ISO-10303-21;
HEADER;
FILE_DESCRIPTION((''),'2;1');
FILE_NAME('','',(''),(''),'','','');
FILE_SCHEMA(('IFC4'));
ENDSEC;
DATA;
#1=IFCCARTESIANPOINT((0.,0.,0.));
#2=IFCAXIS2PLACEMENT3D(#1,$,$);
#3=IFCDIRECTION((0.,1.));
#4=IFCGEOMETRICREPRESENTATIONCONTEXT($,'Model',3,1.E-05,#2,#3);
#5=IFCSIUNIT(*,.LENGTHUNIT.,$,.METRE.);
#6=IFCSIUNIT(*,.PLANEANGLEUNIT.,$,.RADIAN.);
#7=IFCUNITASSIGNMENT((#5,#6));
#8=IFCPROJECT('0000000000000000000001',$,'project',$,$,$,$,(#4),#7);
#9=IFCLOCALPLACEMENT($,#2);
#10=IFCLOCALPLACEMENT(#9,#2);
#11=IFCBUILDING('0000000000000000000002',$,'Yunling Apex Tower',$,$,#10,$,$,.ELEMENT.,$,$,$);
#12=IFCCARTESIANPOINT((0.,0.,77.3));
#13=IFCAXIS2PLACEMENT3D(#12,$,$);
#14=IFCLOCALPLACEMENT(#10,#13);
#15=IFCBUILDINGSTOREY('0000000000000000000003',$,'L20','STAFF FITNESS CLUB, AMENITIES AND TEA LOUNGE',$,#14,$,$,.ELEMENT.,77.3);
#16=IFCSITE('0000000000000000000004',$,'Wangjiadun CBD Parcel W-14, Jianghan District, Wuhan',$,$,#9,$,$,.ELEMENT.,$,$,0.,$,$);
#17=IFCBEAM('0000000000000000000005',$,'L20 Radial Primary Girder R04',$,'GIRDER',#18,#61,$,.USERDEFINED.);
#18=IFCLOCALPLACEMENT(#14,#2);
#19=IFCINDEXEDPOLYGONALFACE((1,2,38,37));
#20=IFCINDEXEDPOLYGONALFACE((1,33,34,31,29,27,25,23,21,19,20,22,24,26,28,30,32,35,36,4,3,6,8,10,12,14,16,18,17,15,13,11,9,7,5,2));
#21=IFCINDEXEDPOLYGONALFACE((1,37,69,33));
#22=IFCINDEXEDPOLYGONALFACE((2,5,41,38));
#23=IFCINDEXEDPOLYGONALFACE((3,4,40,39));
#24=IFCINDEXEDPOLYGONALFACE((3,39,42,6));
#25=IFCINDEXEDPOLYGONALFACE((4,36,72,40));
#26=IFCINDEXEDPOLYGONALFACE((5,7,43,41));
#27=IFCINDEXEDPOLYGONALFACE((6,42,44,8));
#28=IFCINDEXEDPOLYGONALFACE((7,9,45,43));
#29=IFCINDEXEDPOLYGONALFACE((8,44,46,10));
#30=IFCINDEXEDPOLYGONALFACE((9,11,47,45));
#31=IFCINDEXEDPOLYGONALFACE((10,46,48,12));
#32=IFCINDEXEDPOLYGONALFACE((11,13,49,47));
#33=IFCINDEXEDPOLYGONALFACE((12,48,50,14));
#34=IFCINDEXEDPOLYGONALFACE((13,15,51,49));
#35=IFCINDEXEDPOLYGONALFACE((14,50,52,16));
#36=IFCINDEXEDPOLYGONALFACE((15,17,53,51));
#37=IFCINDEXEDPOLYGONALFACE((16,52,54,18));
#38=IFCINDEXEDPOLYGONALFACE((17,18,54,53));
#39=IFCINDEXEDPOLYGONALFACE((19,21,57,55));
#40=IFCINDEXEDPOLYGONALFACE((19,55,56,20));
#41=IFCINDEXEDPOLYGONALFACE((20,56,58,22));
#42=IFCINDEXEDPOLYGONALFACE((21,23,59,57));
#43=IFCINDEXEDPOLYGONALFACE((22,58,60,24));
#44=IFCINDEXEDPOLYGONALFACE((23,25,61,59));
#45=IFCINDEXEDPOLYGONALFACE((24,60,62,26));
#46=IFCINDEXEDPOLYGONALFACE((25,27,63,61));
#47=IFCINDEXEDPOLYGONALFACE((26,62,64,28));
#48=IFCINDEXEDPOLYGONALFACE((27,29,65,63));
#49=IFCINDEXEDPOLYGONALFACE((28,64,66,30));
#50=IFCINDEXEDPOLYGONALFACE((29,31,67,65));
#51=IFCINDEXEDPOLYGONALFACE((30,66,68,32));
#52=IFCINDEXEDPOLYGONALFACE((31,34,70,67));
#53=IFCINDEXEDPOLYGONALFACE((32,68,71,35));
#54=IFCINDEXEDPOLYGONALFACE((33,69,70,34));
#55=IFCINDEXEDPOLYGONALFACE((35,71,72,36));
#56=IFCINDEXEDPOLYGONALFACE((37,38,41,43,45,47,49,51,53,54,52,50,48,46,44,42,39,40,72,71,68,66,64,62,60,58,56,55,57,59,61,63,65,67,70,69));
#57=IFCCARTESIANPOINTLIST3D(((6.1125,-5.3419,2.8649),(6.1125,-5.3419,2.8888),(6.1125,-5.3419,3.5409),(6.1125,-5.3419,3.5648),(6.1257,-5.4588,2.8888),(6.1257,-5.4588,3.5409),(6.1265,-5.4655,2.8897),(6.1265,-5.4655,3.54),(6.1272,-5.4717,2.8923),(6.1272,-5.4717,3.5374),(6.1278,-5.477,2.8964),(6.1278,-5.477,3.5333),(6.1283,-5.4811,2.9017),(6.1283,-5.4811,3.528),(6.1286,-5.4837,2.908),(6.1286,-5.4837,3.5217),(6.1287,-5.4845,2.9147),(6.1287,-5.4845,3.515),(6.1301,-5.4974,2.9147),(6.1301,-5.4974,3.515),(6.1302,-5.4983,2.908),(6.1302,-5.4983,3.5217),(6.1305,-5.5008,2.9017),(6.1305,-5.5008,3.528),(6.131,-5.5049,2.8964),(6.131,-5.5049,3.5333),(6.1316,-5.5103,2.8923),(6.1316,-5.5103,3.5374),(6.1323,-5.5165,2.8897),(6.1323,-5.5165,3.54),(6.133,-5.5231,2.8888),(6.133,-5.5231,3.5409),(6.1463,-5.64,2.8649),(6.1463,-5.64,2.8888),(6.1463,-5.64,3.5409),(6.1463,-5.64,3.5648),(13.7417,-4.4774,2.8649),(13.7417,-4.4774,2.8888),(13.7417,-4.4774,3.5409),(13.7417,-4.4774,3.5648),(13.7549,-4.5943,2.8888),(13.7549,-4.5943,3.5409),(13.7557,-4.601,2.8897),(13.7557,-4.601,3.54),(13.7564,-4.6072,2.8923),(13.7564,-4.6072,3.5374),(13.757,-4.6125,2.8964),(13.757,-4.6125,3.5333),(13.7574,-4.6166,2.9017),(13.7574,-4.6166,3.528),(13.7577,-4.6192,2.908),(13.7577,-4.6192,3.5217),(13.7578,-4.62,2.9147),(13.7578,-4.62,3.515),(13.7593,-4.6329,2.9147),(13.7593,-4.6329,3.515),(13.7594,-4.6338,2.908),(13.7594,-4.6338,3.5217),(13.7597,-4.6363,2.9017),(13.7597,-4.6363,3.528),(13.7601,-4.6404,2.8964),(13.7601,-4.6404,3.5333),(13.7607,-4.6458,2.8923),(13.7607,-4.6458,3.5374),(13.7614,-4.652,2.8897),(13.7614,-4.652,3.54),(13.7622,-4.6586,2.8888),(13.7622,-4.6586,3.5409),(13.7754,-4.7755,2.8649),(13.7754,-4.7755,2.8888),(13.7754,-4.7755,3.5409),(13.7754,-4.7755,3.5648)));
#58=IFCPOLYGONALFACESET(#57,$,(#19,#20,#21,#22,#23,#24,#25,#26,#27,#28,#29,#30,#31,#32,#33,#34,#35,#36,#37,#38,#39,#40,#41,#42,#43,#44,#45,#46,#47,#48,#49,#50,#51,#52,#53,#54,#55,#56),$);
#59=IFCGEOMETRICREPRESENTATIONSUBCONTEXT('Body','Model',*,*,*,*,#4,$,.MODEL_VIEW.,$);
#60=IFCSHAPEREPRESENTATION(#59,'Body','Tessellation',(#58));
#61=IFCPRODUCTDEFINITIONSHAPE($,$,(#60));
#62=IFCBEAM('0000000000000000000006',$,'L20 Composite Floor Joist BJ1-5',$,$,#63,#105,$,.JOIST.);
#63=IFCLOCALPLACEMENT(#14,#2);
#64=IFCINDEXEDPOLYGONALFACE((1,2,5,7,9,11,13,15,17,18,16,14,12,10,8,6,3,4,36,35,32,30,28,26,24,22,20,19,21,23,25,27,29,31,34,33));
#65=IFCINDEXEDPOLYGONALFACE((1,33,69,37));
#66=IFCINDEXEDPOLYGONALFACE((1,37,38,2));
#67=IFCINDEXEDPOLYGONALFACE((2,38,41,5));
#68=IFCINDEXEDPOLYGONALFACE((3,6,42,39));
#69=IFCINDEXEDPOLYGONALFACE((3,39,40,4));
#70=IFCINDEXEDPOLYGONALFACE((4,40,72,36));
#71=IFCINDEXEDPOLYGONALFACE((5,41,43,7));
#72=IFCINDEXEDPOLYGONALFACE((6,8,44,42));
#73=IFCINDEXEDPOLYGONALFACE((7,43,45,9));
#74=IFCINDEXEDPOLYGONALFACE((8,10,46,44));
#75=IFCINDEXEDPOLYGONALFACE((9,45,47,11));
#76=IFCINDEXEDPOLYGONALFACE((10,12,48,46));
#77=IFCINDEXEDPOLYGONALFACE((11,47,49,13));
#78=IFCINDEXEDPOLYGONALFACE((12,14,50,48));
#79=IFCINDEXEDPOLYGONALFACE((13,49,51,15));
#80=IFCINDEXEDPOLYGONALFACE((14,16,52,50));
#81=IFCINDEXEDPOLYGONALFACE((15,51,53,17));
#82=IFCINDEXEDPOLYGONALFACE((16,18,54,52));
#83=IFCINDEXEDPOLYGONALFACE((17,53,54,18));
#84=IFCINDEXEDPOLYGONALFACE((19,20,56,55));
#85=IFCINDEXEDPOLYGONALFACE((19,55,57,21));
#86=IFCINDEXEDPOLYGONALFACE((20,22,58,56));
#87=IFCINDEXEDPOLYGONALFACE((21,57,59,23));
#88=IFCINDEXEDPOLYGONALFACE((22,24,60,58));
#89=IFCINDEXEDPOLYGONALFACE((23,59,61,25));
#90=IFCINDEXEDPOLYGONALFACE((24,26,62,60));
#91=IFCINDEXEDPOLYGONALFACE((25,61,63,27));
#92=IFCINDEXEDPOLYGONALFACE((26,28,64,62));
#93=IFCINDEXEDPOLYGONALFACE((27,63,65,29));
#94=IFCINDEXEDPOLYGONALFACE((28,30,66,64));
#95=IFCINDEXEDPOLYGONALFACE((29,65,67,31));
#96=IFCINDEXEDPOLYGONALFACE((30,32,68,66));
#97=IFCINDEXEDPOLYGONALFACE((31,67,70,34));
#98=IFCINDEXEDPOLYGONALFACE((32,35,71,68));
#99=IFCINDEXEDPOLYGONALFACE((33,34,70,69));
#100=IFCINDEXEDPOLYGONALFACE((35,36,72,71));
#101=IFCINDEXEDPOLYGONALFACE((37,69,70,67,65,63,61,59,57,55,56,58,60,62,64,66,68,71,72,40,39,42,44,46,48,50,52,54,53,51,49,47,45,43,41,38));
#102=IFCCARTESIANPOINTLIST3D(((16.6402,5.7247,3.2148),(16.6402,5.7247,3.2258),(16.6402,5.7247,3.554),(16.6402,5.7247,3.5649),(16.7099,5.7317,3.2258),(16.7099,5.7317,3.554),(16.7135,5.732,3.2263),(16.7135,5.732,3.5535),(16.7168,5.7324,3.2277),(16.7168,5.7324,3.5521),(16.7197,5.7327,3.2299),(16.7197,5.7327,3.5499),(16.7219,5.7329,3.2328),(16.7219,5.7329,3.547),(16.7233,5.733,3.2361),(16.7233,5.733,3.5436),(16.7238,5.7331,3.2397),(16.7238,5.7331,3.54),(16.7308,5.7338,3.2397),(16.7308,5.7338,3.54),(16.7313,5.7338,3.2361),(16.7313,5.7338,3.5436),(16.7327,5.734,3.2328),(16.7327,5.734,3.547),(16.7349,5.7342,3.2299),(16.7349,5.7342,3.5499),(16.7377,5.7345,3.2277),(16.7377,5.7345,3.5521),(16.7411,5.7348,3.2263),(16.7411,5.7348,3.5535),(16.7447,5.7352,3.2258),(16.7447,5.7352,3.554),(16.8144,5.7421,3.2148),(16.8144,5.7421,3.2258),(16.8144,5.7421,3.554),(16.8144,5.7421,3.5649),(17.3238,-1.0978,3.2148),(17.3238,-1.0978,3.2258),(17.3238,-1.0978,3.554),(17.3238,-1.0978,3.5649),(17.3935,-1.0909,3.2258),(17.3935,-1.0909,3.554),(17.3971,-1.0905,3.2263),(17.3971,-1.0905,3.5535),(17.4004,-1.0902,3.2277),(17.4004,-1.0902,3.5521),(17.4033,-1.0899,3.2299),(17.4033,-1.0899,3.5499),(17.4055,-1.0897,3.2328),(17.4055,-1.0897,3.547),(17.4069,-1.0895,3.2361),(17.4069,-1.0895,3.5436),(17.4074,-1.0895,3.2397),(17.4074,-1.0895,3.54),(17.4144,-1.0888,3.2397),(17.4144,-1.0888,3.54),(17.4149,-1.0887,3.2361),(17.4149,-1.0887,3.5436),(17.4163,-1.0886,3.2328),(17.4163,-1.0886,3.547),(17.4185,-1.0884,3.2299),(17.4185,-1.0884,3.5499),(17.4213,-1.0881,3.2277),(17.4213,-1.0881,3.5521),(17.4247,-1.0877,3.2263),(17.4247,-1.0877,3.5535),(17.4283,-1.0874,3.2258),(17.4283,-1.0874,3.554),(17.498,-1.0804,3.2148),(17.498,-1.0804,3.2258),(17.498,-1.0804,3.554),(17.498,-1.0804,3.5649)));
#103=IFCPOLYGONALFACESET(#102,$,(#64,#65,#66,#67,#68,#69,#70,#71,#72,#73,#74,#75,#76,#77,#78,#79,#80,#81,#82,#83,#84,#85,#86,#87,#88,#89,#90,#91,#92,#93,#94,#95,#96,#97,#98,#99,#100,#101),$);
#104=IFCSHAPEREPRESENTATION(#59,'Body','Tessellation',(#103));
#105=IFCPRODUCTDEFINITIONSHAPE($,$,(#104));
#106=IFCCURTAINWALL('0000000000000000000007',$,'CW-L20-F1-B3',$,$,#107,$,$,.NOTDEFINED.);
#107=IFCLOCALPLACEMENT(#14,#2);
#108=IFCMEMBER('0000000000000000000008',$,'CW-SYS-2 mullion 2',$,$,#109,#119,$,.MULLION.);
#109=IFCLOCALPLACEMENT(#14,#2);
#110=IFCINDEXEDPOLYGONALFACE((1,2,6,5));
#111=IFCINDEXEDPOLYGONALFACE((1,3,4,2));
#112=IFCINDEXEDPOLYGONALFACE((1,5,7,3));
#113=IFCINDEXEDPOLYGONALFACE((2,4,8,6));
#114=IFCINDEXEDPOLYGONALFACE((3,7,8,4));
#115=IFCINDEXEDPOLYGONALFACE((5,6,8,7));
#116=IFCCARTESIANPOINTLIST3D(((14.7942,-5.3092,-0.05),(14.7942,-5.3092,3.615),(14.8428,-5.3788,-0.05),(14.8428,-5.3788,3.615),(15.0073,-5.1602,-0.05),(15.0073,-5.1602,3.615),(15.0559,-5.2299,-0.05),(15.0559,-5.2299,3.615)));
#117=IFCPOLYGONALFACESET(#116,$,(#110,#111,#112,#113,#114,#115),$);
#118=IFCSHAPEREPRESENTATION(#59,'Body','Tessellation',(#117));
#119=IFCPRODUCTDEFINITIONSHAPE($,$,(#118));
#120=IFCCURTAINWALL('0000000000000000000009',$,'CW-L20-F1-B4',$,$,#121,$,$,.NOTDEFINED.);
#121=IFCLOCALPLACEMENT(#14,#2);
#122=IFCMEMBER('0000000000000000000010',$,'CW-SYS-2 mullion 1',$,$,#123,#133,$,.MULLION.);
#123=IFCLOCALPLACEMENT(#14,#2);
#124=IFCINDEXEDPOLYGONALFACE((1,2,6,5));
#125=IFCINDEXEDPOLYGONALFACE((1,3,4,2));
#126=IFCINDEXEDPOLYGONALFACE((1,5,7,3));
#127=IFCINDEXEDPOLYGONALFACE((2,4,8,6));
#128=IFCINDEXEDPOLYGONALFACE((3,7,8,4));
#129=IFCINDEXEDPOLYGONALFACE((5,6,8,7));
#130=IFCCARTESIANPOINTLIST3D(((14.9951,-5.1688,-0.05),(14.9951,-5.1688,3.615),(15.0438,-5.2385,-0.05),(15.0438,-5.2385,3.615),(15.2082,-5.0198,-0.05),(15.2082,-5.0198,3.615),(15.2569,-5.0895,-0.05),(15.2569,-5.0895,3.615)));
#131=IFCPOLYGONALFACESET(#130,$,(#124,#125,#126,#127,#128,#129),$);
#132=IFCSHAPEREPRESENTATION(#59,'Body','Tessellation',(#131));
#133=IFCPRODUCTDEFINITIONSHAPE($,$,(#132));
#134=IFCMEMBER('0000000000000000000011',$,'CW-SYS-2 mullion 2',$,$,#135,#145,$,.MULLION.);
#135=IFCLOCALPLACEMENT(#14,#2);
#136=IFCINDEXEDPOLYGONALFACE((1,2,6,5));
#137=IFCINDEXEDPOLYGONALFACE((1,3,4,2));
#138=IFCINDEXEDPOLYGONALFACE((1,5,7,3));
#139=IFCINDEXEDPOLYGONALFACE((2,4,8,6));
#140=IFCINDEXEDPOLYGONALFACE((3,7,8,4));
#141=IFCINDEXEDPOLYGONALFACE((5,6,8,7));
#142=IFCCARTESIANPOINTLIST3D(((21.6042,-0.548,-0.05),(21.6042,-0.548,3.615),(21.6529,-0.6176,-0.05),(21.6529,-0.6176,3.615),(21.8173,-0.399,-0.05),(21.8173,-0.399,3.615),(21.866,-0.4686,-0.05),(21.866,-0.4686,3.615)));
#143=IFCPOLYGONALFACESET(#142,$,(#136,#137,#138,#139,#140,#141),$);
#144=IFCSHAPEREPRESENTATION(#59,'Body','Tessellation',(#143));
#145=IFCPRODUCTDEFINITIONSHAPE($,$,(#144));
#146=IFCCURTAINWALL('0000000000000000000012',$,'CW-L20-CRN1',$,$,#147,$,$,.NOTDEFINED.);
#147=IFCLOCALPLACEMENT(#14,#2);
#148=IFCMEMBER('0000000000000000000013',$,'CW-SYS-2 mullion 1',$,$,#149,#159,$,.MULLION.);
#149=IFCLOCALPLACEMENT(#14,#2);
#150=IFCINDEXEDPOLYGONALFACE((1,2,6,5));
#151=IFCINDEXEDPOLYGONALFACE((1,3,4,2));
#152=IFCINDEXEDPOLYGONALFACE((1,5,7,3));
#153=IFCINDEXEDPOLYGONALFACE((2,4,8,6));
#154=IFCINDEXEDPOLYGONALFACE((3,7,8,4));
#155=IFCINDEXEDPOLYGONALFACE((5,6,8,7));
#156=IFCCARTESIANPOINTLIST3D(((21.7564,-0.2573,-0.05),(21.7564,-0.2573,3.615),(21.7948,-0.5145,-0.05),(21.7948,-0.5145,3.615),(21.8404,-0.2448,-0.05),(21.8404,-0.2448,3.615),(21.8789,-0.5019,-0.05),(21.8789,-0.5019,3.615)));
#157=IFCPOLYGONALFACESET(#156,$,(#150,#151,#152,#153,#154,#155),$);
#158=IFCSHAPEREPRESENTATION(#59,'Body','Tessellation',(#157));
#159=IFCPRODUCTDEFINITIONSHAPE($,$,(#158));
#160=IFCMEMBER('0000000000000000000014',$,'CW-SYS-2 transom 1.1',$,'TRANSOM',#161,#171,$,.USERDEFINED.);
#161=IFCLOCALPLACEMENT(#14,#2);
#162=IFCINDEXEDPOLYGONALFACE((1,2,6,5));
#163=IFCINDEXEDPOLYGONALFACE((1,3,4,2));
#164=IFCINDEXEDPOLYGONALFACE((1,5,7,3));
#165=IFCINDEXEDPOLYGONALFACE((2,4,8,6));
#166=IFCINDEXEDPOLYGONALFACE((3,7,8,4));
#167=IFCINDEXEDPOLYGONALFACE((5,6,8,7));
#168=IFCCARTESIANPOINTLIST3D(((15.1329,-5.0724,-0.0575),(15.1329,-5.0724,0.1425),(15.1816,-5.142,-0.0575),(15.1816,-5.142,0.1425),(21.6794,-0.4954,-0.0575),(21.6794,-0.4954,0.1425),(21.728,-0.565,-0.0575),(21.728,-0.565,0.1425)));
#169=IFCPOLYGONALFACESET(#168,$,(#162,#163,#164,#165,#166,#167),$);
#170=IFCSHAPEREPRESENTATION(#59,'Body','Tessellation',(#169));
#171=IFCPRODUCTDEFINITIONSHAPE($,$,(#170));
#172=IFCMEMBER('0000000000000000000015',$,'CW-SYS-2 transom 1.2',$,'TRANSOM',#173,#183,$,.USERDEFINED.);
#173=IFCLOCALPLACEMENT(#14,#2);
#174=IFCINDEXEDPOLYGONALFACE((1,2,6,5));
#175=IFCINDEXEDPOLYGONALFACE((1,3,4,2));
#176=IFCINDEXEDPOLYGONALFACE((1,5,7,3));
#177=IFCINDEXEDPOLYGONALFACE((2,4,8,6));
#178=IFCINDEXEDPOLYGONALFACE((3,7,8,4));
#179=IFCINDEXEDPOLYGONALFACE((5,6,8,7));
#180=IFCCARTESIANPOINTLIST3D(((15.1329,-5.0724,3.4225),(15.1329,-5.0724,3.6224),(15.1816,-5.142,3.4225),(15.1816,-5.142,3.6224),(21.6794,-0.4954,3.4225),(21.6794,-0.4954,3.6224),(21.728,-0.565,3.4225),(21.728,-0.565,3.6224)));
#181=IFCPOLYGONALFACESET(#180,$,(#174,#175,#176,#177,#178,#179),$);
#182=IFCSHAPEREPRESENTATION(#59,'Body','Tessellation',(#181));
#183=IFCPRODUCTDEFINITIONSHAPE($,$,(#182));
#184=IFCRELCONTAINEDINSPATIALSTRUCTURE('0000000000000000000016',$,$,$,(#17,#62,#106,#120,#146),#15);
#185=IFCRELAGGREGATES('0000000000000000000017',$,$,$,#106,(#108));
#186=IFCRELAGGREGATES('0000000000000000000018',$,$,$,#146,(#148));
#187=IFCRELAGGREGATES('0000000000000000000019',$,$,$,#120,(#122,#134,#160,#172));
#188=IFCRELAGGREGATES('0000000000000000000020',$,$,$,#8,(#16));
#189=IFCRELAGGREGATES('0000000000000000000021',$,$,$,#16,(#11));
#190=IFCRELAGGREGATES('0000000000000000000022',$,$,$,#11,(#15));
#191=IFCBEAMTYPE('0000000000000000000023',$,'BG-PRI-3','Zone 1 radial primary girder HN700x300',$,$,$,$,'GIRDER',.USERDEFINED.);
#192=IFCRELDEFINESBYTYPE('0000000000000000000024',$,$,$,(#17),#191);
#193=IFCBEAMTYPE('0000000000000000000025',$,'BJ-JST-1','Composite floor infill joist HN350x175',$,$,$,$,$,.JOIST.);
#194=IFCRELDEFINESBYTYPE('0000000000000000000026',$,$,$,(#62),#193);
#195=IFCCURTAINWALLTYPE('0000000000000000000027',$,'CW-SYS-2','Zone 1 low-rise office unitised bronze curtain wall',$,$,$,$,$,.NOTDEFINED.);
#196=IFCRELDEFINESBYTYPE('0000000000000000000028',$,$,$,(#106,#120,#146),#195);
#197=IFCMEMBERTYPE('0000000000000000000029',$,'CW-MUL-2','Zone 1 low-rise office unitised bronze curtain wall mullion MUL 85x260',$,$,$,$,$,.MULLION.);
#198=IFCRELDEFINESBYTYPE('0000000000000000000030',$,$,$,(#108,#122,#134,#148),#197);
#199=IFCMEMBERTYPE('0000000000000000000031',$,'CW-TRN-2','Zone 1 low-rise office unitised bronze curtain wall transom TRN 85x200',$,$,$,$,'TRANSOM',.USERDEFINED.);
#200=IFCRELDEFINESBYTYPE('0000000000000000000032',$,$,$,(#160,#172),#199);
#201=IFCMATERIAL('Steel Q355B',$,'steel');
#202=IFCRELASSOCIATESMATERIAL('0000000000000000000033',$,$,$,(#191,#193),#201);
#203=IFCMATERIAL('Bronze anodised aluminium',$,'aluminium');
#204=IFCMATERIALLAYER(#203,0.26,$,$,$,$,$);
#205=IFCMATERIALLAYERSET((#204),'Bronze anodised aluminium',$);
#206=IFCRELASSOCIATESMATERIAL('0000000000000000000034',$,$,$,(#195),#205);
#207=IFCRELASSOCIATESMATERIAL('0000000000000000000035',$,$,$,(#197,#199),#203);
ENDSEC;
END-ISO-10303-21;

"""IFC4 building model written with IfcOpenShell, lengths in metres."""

from ifc_helpers import new_model, si_unit, direction, frame, origin, origin_2d, place, context, subcontext, project, spatial, rectangle, i_section, extrude, source, transform, mapped, material, layer, layer_set, material_profile, profile_set, type_object, element, aggregate, save


model = new_model("IFC4")

# Units and contexts
model_context = context("Model", 3, precision=1e-05, world=origin(), true_north=direction((0.0, 1.0)))
body_context = subcontext(model_context, "Body", "Model", "MODEL_VIEW")
ifc_project = project(units=[si_unit("LENGTHUNIT", "METRE"), si_unit("PLANEANGLEUNIT", "RADIAN")], contexts=[model_context])

# Site, building, storey
site_placement = place(None, origin())
site = spatial("IfcSite", under=ifc_project, at=site_placement, Name="Wangjiadun CBD Parcel W-14, Jianghan District, Wuhan", CompositionType="ELEMENT", RefElevation=0.0)
building_placement = place(site_placement, origin())
building = spatial("IfcBuilding", under=site, at=building_placement, Name="Yunling Apex Tower", CompositionType="ELEMENT")
storey_placement = place(building_placement, frame((0.0, 0.0, 77.3)))
storey = spatial("IfcBuildingStorey", under=building, at=storey_placement, Name="L20", Description="STAFF FITNESS CLUB, AMENITIES AND TEA LOUNGE", CompositionType="ELEMENT", Elevation=77.3)

# Beams
ifc_material_1 = material(Name="Steel Q355B", Category="steel")
ifc_material_profile_1 = material_profile(ifc_material_1, i_section(OverallWidth=0.3, OverallDepth=0.7, WebThickness=0.0129, FlangeThickness=0.0239, FilletRadius=0.0259, at=origin_2d()))
ifc_profile_set_1 = profile_set([ifc_material_profile_1], Name="Steel Q355B")
beam_type_1 = type_object("IfcBeamType", Name="BG-PRI-3", Description="Zone 1 radial primary girder HN700x300", ElementType="GIRDER", PredefinedType="USERDEFINED", material=ifc_profile_set_1)
shared_shape_1 = source(origin(), body_context, "Body", "SweptSolid", [
    extrude(i_section(OverallWidth=0.3, OverallDepth=0.7, WebThickness=0.0129, FlangeThickness=0.0239, FilletRadius=0.0259, at=origin_2d()), origin(), (0.0, 0.0, 1.0), 7.678),
])
beam_1_placement = place(storey_placement, frame((13.7585, -4.6265, 3.2148), z_axis=(-0.993641, -0.112595, 0.0), x_axis=(0.112595, -0.993641, 0.0)))
element("IfcBeam", 1, at=beam_1_placement, inside=storey, type_object=beam_type_1, Name="L20 Radial Primary Girder R04", ObjectType="GIRDER", PredefinedType="USERDEFINED", context=body_context, shape_type="MappedRepresentation", body=[
    mapped(shared_shape_1, transform((0.0, 0.0, 0.0), scale=1.0)),
])
ifc_material_profile_2 = material_profile(ifc_material_1, i_section(OverallWidth=0.175, OverallDepth=0.3501, WebThickness=0.0071, FlangeThickness=0.011, FilletRadius=0.0139, at=origin_2d()))
ifc_profile_set_2 = profile_set([ifc_material_profile_2], Name="Steel Q355B")
beam_type_2 = type_object("IfcBeamType", Name="BJ-JST-1", Description="Composite floor infill joist HN350x175", PredefinedType="JOIST", material=ifc_profile_set_2)
shared_shape_2 = source(origin(), body_context, "Body", "SweptSolid", [
    extrude(i_section(OverallWidth=0.175, OverallDepth=0.3501, WebThickness=0.0071, FlangeThickness=0.011, FilletRadius=0.0139, at=origin_2d()), origin(), (0.0, 0.0, 1.0), 6.8567),
])
beam_2_placement = place(storey_placement, frame((17.4109, -1.0891, 3.3899), z_axis=(-0.099698, 0.995018, 0.0), x_axis=(-0.995018, -0.099698, 0.0)))
element("IfcBeam", 2, at=beam_2_placement, inside=storey, type_object=beam_type_2, Name="L20 Composite Floor Joist BJ1-5", PredefinedType="JOIST", context=body_context, shape_type="MappedRepresentation", body=[
    mapped(shared_shape_2, transform((0.0, 0.0, 0.0), scale=1.0)),
])

# Curtain wall, member
ifc_material_2 = material(Name="Bronze anodised aluminium", Category="aluminium")
ifc_layer_1 = layer(ifc_material_2, 0.26)
ifc_layer_set_1 = layer_set([ifc_layer_1], Name="Bronze anodised aluminium")
curtain_wall_type = type_object("IfcCurtainWallType", Name="CW-SYS-2", Description="Zone 1 low-rise office unitised bronze curtain wall", PredefinedType="NOTDEFINED", material=ifc_layer_set_1)
curtain_wall_1_placement = place(storey_placement, origin())
curtain_wall_1 = element("IfcCurtainWall", 3, at=curtain_wall_1_placement, inside=storey, type_object=curtain_wall_type, Name="CW-L20-F1-B3", PredefinedType="NOTDEFINED")
ifc_material_profile_3 = material_profile(ifc_material_2, rectangle(XDim=0.085, YDim=0.26, at=origin_2d()))
ifc_profile_set_3 = profile_set([ifc_material_profile_3], Name="Bronze anodised aluminium")
member_type_1 = type_object("IfcMemberType", Name="CW-MUL-2", Description="Zone 1 low-rise office unitised bronze curtain wall mullion MUL 85x260", PredefinedType="MULLION", material=ifc_profile_set_3)
shared_shape_3 = source(origin(), body_context, "Body", "SweptSolid", [
    extrude(rectangle(XDim=0.085, YDim=0.26, at=origin_2d()), origin(), (0.0, 0.0, 1.0), 3.665),
])
member_1_placement = place(storey_placement, frame((14.925, -5.2695, -0.05), z_axis=(0.0, 0.0, 1.0), x_axis=(-0.572996, 0.819558, 0.0)))
member_1 = element("IfcMember", 4, at=member_1_placement, type_object=member_type_1, Name="CW-SYS-2 mullion 2", PredefinedType="MULLION", context=body_context, shape_type="MappedRepresentation", body=[
    mapped(shared_shape_3, transform((0.0, 0.0, 0.0), scale=1.0)),
])
aggregate(curtain_wall_1, [member_1])

# Curtain wall, members
curtain_wall_2_placement = place(storey_placement, origin())
curtain_wall_2 = element("IfcCurtainWall", 5, at=curtain_wall_2_placement, inside=storey, type_object=curtain_wall_type, Name="CW-L20-F1-B4", PredefinedType="NOTDEFINED")
member_2_placement = place(storey_placement, frame((15.126, -5.1292, -0.05), z_axis=(0.0, 0.0, 1.0), x_axis=(-0.573004, 0.819552, 0.0)))
member_2 = element("IfcMember", 6, at=member_2_placement, type_object=member_type_1, Name="CW-SYS-2 mullion 1", PredefinedType="MULLION", context=body_context, shape_type="MappedRepresentation", body=[
    mapped(shared_shape_3, transform((0.0, 0.0, 0.0), scale=1.0)),
])
member_3_placement = place(storey_placement, frame((21.7351, -0.5083, -0.05), z_axis=(0.0, 0.0, 1.0), x_axis=(-0.573004, 0.819552, 0.0)))
member_3 = element("IfcMember", 7, at=member_3_placement, type_object=member_type_1, Name="CW-SYS-2 mullion 2", PredefinedType="MULLION", context=body_context, shape_type="MappedRepresentation", body=[
    mapped(shared_shape_3, transform((0.0, 0.0, 0.0), scale=1.0)),
])

# Curtain wall, member
curtain_wall_3_placement = place(storey_placement, origin())
curtain_wall_3 = element("IfcCurtainWall", 8, at=curtain_wall_3_placement, inside=storey, type_object=curtain_wall_type, Name="CW-L20-CRN1", PredefinedType="NOTDEFINED")
member_4_placement = place(storey_placement, frame((21.8176, -0.3796, -0.05), z_axis=(0.0, 0.0, 1.0), x_axis=(-0.989018, -0.147798, 0.0)))
member_4 = element("IfcMember", 9, at=member_4_placement, type_object=member_type_1, Name="CW-SYS-2 mullion 1", PredefinedType="MULLION", context=body_context, shape_type="MappedRepresentation", body=[
    mapped(shared_shape_3, transform((0.0, 0.0, 0.0), scale=1.0)),
])

# Members
ifc_material_profile_4 = material_profile(ifc_material_2, rectangle(XDim=0.085, YDim=0.2, at=origin_2d()))
ifc_profile_set_4 = profile_set([ifc_material_profile_4], Name="Bronze anodised aluminium")
member_type_2 = type_object("IfcMemberType", Name="CW-TRN-2", Description="Zone 1 low-rise office unitised bronze curtain wall transom TRN 85x200", ElementType="TRANSOM", PredefinedType="USERDEFINED", material=ifc_profile_set_4)
shared_shape_4 = source(origin(), body_context, "Body", "SweptSolid", [
    extrude(rectangle(XDim=0.085, YDim=0.2, at=origin_2d()), origin(), (0.0, 0.0, 1.0), 7.9878),
])
member_5_placement = place(storey_placement, frame((15.1572, -5.1072, 0.0425), z_axis=(0.819559, 0.572995, 0.0), x_axis=(-0.572995, 0.819559, 0.0)))
member_5 = element("IfcMember", 10, at=member_5_placement, type_object=member_type_2, Name="CW-SYS-2 transom 1.1", ObjectType="TRANSOM", PredefinedType="USERDEFINED", context=body_context, shape_type="MappedRepresentation", body=[
    mapped(shared_shape_4, transform((0.0, 0.0, 0.0), scale=1.0)),
])
member_6_placement = place(storey_placement, frame((15.1572, -5.1072, 3.5225), z_axis=(0.819559, 0.572995, 0.0), x_axis=(-0.572995, 0.819559, 0.0)))
member_6 = element("IfcMember", 11, at=member_6_placement, type_object=member_type_2, Name="CW-SYS-2 transom 1.2", ObjectType="TRANSOM", PredefinedType="USERDEFINED", context=body_context, shape_type="MappedRepresentation", body=[
    mapped(shared_shape_4, transform((0.0, 0.0, 0.0), scale=1.0)),
])
aggregate(curtain_wall_3, [member_4])

aggregate(curtain_wall_2, [member_2, member_3, member_5, member_6])

save(model, "model.ifc")
